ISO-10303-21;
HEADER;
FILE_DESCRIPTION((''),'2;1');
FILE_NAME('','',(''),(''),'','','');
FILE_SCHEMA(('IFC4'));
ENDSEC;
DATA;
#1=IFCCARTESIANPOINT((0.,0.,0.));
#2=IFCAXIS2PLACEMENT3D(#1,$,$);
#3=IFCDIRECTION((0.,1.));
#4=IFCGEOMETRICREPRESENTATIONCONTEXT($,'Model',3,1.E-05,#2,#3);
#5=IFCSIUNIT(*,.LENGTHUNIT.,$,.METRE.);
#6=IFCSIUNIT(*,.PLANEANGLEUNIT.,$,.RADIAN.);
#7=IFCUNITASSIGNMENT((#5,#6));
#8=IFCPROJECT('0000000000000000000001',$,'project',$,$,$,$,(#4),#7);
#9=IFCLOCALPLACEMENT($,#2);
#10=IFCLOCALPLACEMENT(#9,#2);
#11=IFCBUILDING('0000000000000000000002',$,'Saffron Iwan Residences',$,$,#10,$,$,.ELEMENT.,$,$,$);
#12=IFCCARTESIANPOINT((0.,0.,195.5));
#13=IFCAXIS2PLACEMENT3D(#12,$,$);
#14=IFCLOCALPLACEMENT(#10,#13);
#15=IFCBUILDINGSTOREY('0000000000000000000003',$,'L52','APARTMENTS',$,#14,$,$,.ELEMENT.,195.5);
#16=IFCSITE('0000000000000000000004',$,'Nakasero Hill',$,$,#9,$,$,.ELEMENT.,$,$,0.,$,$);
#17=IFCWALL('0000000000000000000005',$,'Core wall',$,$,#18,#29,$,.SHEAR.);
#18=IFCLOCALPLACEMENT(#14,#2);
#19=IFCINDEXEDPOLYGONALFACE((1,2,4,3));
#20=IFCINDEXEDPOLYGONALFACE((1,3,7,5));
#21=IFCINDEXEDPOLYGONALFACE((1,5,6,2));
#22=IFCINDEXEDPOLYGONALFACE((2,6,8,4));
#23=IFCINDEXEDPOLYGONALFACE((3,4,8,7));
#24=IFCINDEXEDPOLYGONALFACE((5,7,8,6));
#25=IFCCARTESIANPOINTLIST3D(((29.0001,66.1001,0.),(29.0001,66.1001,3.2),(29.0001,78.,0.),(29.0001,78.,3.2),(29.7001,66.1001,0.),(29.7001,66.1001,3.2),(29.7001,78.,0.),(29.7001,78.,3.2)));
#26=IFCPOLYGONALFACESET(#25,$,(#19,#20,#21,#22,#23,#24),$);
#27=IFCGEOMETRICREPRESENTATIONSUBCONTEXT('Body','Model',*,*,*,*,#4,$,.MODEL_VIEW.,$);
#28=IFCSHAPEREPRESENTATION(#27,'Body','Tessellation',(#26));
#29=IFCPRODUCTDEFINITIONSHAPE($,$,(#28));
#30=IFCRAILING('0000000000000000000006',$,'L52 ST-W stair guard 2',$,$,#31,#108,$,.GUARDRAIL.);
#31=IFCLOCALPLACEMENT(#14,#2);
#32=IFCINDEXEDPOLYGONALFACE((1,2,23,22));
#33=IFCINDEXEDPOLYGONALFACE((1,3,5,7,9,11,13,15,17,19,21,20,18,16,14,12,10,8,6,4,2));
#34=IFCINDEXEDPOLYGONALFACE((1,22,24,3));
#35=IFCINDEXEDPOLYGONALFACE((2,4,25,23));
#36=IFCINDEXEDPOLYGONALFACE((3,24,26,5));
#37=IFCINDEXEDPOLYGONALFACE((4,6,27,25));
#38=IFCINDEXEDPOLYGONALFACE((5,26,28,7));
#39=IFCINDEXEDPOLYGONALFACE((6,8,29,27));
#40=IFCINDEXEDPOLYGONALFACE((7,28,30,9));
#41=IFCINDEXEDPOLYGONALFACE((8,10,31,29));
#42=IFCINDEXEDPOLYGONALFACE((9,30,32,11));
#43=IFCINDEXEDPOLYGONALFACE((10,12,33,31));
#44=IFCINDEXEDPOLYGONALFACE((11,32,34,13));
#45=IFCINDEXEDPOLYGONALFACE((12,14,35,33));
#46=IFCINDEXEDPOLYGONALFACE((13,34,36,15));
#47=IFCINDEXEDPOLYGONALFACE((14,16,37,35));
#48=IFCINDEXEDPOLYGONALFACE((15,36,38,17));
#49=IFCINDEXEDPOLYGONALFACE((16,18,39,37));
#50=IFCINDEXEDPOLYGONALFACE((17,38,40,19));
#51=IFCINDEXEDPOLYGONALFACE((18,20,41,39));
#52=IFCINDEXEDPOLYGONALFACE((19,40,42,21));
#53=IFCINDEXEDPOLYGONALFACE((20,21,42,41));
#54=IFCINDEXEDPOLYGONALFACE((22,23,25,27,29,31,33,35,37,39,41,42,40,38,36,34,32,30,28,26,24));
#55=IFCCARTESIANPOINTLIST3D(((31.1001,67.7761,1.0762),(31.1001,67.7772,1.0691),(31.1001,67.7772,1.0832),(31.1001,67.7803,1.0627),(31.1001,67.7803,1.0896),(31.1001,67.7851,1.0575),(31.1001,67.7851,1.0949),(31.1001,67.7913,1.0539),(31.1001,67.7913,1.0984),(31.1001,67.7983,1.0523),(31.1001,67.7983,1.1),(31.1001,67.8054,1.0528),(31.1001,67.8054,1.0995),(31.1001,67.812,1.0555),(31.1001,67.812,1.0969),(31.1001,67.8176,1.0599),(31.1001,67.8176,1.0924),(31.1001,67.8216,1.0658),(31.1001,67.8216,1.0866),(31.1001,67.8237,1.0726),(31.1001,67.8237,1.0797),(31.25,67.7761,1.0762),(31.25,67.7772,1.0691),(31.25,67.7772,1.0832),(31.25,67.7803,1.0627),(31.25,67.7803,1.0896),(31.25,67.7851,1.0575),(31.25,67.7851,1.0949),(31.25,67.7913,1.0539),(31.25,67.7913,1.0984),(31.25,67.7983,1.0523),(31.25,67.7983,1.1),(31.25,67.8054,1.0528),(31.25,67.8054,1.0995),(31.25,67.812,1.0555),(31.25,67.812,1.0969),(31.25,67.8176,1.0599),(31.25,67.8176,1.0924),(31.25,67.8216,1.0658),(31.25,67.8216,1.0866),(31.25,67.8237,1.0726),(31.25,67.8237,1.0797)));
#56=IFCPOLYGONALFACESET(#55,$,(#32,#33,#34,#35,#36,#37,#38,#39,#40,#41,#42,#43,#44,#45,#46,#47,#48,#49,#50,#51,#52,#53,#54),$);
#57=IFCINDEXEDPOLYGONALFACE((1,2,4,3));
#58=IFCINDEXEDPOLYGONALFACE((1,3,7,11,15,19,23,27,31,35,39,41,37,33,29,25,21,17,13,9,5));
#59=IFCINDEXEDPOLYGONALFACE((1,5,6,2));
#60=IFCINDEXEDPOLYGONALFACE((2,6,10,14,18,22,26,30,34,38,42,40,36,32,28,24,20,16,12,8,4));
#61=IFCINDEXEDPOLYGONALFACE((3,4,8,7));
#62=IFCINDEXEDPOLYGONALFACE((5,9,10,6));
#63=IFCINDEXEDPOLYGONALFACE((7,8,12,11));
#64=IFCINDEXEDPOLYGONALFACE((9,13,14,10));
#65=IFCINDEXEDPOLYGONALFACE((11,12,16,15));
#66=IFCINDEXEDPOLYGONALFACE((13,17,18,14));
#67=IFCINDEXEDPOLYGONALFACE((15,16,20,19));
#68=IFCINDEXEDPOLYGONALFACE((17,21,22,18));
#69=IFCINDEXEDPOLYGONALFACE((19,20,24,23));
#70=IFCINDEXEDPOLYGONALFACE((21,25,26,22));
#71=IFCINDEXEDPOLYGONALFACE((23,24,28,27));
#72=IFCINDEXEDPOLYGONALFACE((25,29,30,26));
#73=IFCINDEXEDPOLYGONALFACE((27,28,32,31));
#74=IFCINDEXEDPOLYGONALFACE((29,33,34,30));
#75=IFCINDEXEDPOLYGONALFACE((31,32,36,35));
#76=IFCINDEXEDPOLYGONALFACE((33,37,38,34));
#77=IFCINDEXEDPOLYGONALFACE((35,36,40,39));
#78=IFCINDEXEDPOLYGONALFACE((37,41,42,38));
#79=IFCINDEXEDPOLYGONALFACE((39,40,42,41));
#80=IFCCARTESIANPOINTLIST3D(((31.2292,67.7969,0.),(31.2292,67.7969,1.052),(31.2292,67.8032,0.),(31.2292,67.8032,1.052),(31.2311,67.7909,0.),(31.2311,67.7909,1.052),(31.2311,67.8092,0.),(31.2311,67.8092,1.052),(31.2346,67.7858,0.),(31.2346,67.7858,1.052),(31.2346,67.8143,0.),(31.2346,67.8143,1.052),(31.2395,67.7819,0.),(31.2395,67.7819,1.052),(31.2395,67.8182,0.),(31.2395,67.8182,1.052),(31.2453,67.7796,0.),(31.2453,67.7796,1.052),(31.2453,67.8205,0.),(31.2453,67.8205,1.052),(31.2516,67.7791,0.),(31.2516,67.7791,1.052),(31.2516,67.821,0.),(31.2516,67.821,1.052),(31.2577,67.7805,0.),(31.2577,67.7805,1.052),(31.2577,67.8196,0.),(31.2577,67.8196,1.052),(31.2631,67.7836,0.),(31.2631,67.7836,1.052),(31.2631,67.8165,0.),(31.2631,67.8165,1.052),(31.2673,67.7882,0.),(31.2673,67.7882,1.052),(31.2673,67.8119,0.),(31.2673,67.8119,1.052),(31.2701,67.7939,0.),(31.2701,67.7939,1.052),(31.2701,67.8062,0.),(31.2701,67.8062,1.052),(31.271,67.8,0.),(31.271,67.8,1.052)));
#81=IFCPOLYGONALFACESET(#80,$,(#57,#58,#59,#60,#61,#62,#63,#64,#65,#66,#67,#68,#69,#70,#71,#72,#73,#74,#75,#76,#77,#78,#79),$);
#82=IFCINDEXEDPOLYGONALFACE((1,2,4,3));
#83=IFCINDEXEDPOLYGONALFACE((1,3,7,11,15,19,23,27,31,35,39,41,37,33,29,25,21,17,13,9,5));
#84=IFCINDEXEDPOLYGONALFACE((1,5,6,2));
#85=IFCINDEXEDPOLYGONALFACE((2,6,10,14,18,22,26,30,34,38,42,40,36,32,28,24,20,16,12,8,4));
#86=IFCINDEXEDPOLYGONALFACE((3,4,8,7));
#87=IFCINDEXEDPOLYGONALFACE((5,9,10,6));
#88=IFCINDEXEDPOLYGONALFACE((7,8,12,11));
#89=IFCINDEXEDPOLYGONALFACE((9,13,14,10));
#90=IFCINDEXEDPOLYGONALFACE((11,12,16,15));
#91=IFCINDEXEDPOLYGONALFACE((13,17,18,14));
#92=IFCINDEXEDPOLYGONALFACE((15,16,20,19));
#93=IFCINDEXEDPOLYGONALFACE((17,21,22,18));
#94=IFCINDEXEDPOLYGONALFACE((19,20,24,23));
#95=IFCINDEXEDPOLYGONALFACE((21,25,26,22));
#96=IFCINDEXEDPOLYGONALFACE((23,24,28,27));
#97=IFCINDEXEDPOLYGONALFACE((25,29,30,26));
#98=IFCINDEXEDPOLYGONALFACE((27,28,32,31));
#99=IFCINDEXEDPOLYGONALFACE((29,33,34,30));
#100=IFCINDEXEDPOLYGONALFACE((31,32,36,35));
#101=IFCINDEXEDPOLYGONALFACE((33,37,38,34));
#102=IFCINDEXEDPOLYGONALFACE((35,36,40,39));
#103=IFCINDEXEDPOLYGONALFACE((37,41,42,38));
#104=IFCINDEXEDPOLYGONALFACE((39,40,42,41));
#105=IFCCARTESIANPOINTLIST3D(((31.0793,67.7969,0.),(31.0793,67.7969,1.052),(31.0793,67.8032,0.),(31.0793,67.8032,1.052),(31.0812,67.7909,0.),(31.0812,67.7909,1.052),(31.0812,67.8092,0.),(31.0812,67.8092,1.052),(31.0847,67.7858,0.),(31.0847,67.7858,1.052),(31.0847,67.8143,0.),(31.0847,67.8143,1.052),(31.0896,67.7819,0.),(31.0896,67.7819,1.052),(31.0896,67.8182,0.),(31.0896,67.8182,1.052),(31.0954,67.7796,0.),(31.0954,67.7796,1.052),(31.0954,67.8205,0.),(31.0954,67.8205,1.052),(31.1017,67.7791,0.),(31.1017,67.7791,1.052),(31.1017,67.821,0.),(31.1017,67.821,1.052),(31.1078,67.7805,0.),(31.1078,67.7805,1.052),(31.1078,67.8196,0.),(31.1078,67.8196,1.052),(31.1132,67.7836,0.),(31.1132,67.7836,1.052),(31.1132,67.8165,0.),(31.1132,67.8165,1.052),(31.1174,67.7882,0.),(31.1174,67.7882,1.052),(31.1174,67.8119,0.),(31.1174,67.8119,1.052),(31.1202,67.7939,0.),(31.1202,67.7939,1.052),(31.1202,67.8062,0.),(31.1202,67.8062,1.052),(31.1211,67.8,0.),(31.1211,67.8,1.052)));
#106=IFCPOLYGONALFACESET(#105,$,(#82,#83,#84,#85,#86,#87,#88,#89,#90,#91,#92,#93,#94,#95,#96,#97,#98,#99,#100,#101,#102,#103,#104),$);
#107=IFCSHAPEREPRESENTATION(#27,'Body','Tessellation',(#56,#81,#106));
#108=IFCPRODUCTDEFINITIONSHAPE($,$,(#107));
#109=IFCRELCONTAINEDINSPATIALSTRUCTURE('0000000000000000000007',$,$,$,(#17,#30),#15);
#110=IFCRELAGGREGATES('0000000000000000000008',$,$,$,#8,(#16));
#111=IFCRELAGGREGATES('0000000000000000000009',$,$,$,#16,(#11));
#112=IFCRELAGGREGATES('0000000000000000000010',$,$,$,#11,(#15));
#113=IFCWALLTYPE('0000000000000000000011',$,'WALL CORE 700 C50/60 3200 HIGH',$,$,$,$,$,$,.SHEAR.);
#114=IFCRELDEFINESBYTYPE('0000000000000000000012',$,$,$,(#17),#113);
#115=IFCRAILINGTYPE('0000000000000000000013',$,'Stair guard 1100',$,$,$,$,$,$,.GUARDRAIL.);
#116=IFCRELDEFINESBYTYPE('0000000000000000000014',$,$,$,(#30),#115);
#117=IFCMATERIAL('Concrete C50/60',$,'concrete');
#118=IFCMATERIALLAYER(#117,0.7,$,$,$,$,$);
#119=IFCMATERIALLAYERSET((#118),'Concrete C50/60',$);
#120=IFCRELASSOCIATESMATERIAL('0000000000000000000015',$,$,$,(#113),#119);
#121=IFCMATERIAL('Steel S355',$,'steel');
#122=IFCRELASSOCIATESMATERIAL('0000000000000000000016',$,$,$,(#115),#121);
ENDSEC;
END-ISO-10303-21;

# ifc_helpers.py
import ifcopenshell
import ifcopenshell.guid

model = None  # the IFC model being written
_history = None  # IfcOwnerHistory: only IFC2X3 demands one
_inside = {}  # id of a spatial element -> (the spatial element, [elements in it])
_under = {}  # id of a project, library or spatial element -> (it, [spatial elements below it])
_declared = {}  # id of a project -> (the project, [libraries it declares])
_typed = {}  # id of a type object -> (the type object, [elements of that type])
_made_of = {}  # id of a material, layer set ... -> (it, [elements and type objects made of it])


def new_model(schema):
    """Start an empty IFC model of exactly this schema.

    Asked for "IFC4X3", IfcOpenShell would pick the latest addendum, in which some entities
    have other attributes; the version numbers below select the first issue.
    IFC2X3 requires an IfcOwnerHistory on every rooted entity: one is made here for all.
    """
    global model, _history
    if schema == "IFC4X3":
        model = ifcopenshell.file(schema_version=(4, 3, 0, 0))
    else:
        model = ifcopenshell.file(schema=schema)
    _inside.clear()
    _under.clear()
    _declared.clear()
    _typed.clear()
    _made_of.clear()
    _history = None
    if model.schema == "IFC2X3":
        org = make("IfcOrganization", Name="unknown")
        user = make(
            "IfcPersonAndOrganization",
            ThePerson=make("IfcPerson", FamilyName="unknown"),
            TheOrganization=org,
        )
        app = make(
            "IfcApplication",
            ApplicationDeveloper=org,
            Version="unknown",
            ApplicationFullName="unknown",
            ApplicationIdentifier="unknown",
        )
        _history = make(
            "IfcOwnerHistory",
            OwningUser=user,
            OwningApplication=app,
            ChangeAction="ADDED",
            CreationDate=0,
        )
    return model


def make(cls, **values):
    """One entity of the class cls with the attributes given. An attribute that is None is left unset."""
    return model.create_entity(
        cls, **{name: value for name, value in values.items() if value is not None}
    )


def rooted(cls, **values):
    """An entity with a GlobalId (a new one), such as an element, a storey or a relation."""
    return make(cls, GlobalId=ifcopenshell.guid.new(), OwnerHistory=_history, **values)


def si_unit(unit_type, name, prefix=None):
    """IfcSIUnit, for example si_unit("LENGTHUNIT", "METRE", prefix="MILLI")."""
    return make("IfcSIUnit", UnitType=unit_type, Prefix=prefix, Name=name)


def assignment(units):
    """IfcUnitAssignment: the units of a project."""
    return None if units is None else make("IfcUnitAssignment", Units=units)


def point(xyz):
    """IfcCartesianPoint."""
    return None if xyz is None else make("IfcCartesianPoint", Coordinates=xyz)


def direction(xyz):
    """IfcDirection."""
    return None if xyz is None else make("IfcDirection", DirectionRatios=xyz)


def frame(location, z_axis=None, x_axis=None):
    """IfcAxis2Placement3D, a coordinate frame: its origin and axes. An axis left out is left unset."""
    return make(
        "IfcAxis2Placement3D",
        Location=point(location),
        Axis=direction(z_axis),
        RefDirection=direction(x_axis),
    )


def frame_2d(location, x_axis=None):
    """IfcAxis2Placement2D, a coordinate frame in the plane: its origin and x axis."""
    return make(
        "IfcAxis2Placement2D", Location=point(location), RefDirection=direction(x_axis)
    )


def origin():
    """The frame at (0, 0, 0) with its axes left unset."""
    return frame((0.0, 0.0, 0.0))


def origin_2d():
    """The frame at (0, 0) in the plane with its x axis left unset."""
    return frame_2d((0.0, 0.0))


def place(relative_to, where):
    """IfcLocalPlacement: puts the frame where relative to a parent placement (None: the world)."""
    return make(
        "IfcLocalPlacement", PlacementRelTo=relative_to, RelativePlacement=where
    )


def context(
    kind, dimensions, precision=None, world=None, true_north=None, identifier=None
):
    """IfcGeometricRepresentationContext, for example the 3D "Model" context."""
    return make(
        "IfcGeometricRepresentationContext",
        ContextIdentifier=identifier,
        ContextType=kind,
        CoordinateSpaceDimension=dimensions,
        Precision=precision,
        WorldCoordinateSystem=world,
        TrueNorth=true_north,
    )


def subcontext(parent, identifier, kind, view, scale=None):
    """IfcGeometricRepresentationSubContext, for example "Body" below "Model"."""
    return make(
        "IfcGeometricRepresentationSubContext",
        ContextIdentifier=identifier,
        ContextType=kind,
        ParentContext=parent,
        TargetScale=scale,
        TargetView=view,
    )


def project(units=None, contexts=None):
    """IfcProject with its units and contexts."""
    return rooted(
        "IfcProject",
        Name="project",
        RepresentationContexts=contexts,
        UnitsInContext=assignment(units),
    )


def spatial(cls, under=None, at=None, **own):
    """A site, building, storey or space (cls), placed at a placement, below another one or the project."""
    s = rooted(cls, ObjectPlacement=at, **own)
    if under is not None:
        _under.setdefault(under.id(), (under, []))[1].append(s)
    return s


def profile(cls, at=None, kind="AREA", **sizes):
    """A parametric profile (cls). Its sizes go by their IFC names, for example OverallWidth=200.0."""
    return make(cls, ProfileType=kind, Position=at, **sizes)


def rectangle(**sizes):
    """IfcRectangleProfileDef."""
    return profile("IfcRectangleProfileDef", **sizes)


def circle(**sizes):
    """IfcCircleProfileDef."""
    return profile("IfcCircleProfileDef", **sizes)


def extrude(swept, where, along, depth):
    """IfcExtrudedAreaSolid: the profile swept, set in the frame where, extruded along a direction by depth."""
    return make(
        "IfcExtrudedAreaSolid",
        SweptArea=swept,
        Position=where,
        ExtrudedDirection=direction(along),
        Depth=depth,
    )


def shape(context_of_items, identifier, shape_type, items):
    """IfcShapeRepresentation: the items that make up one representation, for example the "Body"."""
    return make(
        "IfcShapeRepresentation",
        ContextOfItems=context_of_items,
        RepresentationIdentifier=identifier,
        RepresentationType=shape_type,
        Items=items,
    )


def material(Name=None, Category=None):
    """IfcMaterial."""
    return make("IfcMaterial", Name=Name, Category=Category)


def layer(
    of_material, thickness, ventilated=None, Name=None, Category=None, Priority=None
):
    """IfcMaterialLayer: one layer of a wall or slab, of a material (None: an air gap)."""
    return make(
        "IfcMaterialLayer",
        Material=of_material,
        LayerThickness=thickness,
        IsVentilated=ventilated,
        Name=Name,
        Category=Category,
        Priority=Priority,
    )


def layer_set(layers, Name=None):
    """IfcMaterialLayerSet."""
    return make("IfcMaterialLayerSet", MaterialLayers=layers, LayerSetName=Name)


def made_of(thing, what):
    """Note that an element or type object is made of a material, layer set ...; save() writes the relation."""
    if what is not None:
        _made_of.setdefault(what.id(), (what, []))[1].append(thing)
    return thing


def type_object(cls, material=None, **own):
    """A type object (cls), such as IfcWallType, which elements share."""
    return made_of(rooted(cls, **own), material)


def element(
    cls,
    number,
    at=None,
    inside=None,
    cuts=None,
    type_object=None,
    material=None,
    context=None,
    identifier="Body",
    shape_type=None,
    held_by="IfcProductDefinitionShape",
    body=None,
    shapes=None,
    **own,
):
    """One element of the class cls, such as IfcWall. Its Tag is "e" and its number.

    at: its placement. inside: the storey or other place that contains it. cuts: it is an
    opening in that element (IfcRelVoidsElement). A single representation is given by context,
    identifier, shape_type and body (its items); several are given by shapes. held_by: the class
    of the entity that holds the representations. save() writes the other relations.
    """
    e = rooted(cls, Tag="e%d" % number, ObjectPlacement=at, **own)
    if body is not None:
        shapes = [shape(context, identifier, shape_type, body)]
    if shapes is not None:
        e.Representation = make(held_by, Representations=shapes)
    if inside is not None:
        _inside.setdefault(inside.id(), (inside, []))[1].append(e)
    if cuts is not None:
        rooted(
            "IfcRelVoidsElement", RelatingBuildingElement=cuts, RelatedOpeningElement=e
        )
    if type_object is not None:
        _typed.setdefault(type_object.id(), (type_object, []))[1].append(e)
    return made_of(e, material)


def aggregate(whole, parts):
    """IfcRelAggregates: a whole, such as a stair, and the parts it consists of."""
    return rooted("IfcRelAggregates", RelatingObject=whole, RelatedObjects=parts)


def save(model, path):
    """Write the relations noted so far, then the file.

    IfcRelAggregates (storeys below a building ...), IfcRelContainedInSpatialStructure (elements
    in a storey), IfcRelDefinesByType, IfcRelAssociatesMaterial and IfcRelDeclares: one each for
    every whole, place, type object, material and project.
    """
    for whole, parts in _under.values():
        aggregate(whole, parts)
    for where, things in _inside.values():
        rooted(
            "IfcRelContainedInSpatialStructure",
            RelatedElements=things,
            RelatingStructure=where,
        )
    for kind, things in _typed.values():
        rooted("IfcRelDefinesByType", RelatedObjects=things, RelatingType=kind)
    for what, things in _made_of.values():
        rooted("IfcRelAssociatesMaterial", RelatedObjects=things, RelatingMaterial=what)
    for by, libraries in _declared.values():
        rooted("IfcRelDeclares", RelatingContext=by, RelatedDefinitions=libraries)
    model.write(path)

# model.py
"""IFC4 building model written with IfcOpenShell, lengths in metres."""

from ifc_helpers import new_model, si_unit, direction, frame, frame_2d, origin, origin_2d, place, context, subcontext, project, spatial, rectangle, circle, extrude, material, layer, layer_set, type_object, element, save


model = new_model("IFC4")

# Units and contexts
model_context = context("Model", 3, precision=1e-05, world=origin(), true_north=direction((0.0, 1.0)))
body_context = subcontext(model_context, "Body", "Model", "MODEL_VIEW")
ifc_project = project(units=[si_unit("LENGTHUNIT", "METRE"), si_unit("PLANEANGLEUNIT", "RADIAN")], contexts=[model_context])

# Site, building, storey
site_placement = place(None, origin())
site = spatial("IfcSite", under=ifc_project, at=site_placement, Name="Nakasero Hill", CompositionType="ELEMENT", RefElevation=0.0)
building_placement = place(site_placement, origin())
building = spatial("IfcBuilding", under=site, at=building_placement, Name="Saffron Iwan Residences", CompositionType="ELEMENT")
storey_placement = place(building_placement, frame((0.0, 0.0, 195.5)))
storey = spatial("IfcBuildingStorey", under=building, at=storey_placement, Name="L52", Description="APARTMENTS", CompositionType="ELEMENT", Elevation=195.5)

# Shared definitions
ifc_material_1 = material(Name="Concrete C50/60", Category="concrete")

# Wall
ifc_layer_1 = layer(ifc_material_1, 0.7)
ifc_layer_set_1 = layer_set([ifc_layer_1], Name="Concrete C50/60")
wall_type_1 = type_object("IfcWallType", Name="WALL CORE 700 C50/60 3200 HIGH", PredefinedType="SHEAR", material=ifc_layer_set_1)
wall_1_placement = place(storey_placement, frame((29.3501, 66.1001, 0.0), z_axis=(0.0, 0.0, 1.0), x_axis=(0.0, 1.0, 0.0)))
element("IfcWall", 1, at=wall_1_placement, inside=storey, type_object=wall_type_1, Name="Core wall", PredefinedType="SHEAR", context=body_context, shape_type="SweptSolid", body=[
    extrude(rectangle(XDim=11.8999, YDim=0.7, at=frame_2d((5.95, 0.0))), origin(), (0.0, 0.0, 1.0), 3.2),
])

# Railing
ifc_material_2 = material(Name="Steel S355", Category="steel")
railing_type = type_object("IfcRailingType", Name="Stair guard 1100", PredefinedType="GUARDRAIL", material=ifc_material_2)
railing_1_placement = place(storey_placement, frame((31.25, 67.8, 0.0)))
element("IfcRailing", 2, at=railing_1_placement, inside=storey, type_object=railing_type, Name="L52 ST-W stair guard 2", PredefinedType="GUARDRAIL", context=body_context, shape_type="SweptSolid", body=[
    extrude(circle(Radius=0.0239, at=origin_2d()), frame((0.0, 0.0, 1.0762), z_axis=(-1.0, 0.0, 0.0), x_axis=(0.0, -1.0, 0.0)), (0.0, 0.0, 1.0), 0.1499),
    extrude(circle(Radius=0.021, at=origin_2d()), origin(), (0.0, 0.0, 1.0), 1.052),
    extrude(circle(Radius=0.021, at=origin_2d()), frame((-0.1499, 0.0, 0.0)), (0.0, 0.0, 1.0), 1.052),
])

save(model, "model.ifc")
